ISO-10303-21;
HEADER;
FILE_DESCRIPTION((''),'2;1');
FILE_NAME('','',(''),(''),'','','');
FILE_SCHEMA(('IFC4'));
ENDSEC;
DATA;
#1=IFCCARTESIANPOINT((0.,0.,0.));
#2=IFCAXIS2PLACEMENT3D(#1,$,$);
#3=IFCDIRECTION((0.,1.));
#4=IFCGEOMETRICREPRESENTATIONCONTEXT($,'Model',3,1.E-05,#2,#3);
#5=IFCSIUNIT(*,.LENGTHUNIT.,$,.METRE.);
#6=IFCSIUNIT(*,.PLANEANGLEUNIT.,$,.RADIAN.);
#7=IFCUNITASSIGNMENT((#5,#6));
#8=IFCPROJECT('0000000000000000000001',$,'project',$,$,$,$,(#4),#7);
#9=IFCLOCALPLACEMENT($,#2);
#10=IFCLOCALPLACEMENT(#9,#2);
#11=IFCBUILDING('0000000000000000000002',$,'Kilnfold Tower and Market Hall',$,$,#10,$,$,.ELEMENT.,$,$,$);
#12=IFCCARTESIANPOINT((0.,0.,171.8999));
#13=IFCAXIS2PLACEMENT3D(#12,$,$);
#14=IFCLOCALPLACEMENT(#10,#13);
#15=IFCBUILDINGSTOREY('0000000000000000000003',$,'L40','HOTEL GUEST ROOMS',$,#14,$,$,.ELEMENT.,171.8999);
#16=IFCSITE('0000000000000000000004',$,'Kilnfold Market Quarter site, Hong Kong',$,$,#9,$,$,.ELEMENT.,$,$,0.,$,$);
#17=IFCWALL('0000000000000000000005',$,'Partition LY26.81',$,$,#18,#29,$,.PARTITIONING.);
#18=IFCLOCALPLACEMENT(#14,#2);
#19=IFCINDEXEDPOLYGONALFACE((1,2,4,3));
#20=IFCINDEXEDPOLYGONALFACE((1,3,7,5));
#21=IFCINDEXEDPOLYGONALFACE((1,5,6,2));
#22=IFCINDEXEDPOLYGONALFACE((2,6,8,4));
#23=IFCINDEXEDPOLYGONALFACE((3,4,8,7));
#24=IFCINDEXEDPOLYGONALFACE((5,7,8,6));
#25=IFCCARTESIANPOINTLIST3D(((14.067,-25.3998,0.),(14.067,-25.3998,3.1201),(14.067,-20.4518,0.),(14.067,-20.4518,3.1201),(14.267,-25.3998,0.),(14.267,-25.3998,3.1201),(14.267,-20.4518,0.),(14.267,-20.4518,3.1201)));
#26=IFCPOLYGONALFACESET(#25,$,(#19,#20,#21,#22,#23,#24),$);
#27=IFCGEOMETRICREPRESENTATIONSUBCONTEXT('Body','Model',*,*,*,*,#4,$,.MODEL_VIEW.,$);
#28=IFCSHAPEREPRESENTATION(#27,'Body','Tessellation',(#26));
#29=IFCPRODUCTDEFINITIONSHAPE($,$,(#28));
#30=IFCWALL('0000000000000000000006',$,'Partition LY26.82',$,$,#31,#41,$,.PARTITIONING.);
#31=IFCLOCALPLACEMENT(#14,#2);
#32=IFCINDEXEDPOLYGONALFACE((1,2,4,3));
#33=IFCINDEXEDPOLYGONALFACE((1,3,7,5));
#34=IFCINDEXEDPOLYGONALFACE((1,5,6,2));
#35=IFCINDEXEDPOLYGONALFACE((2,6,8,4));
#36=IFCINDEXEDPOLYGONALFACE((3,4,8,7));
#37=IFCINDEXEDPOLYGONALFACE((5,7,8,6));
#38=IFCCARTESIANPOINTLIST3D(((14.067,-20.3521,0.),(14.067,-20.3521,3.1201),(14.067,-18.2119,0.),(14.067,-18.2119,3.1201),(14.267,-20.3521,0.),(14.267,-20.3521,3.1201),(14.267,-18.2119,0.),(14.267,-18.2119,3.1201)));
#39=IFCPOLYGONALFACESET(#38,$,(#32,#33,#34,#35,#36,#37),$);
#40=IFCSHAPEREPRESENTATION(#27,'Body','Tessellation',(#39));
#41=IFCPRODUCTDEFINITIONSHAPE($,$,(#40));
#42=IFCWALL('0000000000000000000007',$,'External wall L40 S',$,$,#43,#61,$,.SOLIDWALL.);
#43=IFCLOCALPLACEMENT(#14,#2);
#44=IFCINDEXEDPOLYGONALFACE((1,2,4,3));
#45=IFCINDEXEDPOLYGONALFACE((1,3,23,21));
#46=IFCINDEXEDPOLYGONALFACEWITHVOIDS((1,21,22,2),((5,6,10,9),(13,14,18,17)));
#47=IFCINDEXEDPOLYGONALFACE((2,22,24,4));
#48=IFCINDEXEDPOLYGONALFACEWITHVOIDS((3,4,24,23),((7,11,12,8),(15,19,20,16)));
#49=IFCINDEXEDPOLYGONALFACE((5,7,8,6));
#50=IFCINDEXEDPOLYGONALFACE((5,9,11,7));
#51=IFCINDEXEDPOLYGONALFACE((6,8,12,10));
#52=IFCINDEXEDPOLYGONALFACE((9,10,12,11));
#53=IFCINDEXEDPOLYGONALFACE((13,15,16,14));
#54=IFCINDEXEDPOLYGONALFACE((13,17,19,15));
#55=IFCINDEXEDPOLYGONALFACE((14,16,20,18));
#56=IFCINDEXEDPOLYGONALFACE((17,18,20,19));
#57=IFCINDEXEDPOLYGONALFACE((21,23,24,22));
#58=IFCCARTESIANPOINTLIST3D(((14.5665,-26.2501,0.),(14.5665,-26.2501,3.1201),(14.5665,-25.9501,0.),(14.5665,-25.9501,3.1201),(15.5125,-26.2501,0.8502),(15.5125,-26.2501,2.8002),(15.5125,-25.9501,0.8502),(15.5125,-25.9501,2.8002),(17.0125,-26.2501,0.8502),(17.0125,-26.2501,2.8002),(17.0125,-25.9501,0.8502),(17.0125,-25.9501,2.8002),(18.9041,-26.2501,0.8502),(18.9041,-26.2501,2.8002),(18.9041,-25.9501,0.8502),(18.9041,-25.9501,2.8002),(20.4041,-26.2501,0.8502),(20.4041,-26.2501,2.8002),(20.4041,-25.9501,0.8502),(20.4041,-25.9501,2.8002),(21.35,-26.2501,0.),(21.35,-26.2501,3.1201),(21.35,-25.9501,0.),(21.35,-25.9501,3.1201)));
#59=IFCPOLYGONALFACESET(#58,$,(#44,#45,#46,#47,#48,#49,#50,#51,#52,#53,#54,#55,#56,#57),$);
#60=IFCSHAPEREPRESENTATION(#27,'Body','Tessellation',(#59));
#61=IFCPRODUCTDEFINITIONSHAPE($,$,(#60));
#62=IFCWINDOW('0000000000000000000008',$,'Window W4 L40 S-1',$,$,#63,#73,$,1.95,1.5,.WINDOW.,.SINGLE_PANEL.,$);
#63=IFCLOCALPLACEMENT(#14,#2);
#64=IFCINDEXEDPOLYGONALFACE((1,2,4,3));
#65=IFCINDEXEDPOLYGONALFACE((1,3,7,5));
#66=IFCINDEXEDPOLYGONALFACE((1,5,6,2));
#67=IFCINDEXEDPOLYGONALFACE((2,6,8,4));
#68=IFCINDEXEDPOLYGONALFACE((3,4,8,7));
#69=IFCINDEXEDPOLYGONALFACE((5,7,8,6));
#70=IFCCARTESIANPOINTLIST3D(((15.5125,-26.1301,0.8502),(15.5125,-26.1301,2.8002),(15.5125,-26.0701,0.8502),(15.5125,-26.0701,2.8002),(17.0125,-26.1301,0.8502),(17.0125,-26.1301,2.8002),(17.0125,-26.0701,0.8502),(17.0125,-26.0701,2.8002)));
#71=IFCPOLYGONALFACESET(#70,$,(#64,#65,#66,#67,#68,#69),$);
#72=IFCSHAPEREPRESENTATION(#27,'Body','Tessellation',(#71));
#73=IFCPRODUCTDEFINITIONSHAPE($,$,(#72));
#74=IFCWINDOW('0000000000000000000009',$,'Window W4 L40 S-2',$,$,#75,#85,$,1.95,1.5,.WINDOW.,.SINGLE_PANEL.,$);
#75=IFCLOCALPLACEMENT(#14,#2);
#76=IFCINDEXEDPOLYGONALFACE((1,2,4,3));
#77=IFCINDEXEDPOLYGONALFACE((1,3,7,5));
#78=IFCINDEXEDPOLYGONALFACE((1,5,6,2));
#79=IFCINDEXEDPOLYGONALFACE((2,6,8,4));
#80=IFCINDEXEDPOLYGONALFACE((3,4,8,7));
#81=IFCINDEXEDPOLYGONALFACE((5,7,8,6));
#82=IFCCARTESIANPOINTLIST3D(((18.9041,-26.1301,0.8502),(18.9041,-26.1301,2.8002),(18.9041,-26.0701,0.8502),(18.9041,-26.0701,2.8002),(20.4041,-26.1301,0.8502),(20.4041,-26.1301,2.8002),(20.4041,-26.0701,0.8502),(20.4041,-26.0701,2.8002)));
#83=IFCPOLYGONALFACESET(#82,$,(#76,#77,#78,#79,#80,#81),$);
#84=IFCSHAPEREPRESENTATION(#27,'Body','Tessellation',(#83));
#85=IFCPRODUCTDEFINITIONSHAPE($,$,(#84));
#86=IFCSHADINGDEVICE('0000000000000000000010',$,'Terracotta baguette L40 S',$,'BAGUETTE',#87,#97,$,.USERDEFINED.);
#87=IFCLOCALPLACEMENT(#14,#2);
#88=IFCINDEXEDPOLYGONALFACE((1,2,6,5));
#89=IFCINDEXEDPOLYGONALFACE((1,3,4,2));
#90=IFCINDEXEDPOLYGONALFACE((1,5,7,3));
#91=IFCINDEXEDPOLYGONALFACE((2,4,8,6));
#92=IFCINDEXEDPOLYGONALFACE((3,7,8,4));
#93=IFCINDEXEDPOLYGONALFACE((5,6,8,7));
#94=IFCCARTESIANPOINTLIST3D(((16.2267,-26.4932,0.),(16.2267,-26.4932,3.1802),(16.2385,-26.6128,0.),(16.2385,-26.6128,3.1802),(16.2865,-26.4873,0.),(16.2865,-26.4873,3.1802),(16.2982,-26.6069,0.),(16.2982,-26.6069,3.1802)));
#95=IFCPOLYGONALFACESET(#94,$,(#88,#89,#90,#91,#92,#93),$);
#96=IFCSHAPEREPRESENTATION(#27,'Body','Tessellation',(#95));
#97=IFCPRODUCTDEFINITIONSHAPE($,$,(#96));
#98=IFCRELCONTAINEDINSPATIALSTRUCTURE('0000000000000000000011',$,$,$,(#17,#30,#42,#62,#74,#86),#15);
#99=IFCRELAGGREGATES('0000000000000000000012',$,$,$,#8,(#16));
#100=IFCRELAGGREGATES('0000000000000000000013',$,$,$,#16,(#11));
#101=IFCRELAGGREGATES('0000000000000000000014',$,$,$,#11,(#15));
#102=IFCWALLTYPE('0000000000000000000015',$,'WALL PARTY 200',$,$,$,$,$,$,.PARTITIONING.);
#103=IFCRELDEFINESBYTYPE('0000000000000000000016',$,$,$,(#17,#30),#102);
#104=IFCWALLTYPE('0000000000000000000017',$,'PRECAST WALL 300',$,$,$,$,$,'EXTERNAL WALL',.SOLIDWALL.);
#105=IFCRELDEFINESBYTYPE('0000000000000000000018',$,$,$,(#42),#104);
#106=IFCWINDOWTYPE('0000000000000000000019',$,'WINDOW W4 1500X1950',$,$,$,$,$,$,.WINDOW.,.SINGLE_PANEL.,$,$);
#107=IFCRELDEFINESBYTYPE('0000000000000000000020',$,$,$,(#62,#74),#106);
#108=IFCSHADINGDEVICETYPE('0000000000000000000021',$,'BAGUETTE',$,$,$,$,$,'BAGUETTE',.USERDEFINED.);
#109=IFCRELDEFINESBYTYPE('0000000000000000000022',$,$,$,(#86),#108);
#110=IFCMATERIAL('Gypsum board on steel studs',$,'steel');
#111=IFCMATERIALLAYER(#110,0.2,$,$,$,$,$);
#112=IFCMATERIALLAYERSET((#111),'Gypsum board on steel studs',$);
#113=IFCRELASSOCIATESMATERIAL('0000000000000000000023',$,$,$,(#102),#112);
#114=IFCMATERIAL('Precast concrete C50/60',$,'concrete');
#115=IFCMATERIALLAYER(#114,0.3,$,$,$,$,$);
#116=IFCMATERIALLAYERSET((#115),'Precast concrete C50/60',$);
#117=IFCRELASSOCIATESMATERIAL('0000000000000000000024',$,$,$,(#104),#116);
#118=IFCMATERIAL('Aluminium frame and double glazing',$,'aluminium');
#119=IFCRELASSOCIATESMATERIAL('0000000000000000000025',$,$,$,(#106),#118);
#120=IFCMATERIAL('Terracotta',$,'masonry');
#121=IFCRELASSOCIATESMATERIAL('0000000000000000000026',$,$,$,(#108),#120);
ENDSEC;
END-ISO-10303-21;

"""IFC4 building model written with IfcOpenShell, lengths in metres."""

from ifc_helpers import new_model, si_unit, direction, frame, frame_2d, origin, origin_2d, place, context, subcontext, project, spatial, rectangle, extrude, source, transform, mapped, material, layer, layer_set, material_profile, profile_set, type_object, element, fill, save


model = new_model("IFC4")

# Units and contexts
model_context = context("Model", 3, precision=1e-05, world=origin(), true_north=direction((0.0, 1.0)))
body_context = subcontext(model_context, "Body", "Model", "MODEL_VIEW")
ifc_project = project(units=[si_unit("LENGTHUNIT", "METRE"), si_unit("PLANEANGLEUNIT", "RADIAN")], contexts=[model_context])

# Site, building, storey
site_placement = place(None, origin())
site = spatial("IfcSite", under=ifc_project, at=site_placement, Name="Kilnfold Market Quarter site, Hong Kong", CompositionType="ELEMENT", RefElevation=0.0)
building_placement = place(site_placement, origin())
building = spatial("IfcBuilding", under=site, at=building_placement, Name="Kilnfold Tower and Market Hall", CompositionType="ELEMENT")
storey_placement = place(building_placement, frame((0.0, 0.0, 171.8999)))
storey = spatial("IfcBuildingStorey", under=building, at=storey_placement, Name="L40", Description="HOTEL GUEST ROOMS", CompositionType="ELEMENT", Elevation=171.8999)

# Walls
ifc_material_1 = material(Name="Gypsum board on steel studs", Category="steel")
ifc_layer_1 = layer(ifc_material_1, 0.2)
ifc_layer_set_1 = layer_set([ifc_layer_1], Name="Gypsum board on steel studs")
wall_type_1 = type_object("IfcWallType", Name="WALL PARTY 200", PredefinedType="PARTITIONING", material=ifc_layer_set_1)
wall_1_placement = place(storey_placement, frame((14.167, -25.3999, 0.0), z_axis=(0.0, 0.0, 1.0), x_axis=(0.0, 1.0, 0.0)))
element("IfcWall", 1, at=wall_1_placement, inside=storey, type_object=wall_type_1, Name="Partition LY26.81", PredefinedType="PARTITIONING", context=body_context, shape_type="SweptSolid", body=[
    extrude(rectangle(XDim=4.948, YDim=0.2, at=frame_2d((2.4741, 0.0))), origin(), (0.0, 0.0, 1.0), 3.1201),
])
wall_2_placement = place(storey_placement, frame((14.167, -20.3521, 0.0), z_axis=(0.0, 0.0, 1.0), x_axis=(0.0, 1.0, 0.0)))
element("IfcWall", 2, at=wall_2_placement, inside=storey, type_object=wall_type_1, Name="Partition LY26.82", PredefinedType="PARTITIONING", context=body_context, shape_type="SweptSolid", body=[
    extrude(rectangle(XDim=2.1401, YDim=0.2, at=frame_2d((1.0701, 0.0))), origin(), (0.0, 0.0, 1.0), 3.1201),
])

# Wall, openings, windows
ifc_material_2 = material(Name="Precast concrete C50/60", Category="concrete")
ifc_layer_2 = layer(ifc_material_2, 0.3)
ifc_layer_set_2 = layer_set([ifc_layer_2], Name="Precast concrete C50/60")
wall_type_2 = type_object("IfcWallType", Name="PRECAST WALL 300", ElementType="EXTERNAL WALL", PredefinedType="SOLIDWALL", material=ifc_layer_set_2)
shared_shape_1 = source(origin(), body_context, "Body", "SweptSolid", [
    extrude(rectangle(XDim=6.7834, YDim=0.3, at=frame_2d((3.3916, 0.0))), origin(), (0.0, 0.0, 1.0), 3.1201),
])
wall_3_placement = place(storey_placement, frame((14.5667, -26.1001, 0.0), z_axis=(0.0, 0.0, 1.0), x_axis=(1.0, 0.0, 0.0)))
wall_3 = element("IfcWall", 3, at=wall_3_placement, inside=storey, type_object=wall_type_2, Name="External wall L40 S", PredefinedType="SOLIDWALL", context=body_context, shape_type="MappedRepresentation", body=[
    mapped(shared_shape_1, transform((0.0, 0.0, 0.0))),
])
opening_1_placement = place(wall_3_placement, frame((0.9458, 0.0, 0.8501)))
opening_1 = element("IfcOpeningElement", 4, at=opening_1_placement, cuts=wall_3, PredefinedType="OPENING", context=body_context, shape_type="SweptSolid", body=[
    extrude(rectangle(XDim=1.5, YDim=1.95, at=frame_2d((0.75, 0.9751))), frame((0.0, 0.1602, 0.0), z_axis=(0.0, -1.0, 0.0), x_axis=(1.0, 0.0, 0.0)), (0.0, 0.0, 1.0), 0.3201),
])
opening_2_placement = place(wall_3_placement, frame((4.3374, 0.0, 0.8501)))
opening_2 = element("IfcOpeningElement", 5, at=opening_2_placement, cuts=wall_3, PredefinedType="OPENING", context=body_context, shape_type="SweptSolid", body=[
    extrude(rectangle(XDim=1.5, YDim=1.95, at=frame_2d((0.75, 0.9751))), frame((0.0, 0.1602, 0.0), z_axis=(0.0, -1.0, 0.0), x_axis=(1.0, 0.0, 0.0)), (0.0, 0.0, 1.0), 0.3201),
])
ifc_material_3 = material(Name="Aluminium frame and double glazing", Category="aluminium")
window_type = type_object("IfcWindowType", Name="WINDOW W4 1500X1950", PartitioningType="SINGLE_PANEL", PredefinedType="WINDOW", material=ifc_material_3)
window_1_placement = place(opening_1_placement, origin())
window_1 = element("IfcWindow", 6, at=window_1_placement, inside=storey, type_object=window_type, Name="Window W4 L40 S-1", OverallHeight=1.95, OverallWidth=1.5, PartitioningType="SINGLE_PANEL", PredefinedType="WINDOW", context=body_context, shape_type="SweptSolid", body=[
    extrude(rectangle(XDim=1.5, YDim=1.95, at=frame_2d((0.75, 0.9751))), frame((0.0, 0.03, 0.0), z_axis=(0.0, -1.0, 0.0), x_axis=(1.0, 0.0, 0.0)), (0.0, 0.0, 1.0), 0.0601),
])
fill(opening_1, window_1)
window_2_placement = place(opening_2_placement, origin())
window_2 = element("IfcWindow", 7, at=window_2_placement, inside=storey, type_object=window_type, Name="Window W4 L40 S-2", OverallHeight=1.95, OverallWidth=1.5, PartitioningType="SINGLE_PANEL", PredefinedType="WINDOW", context=body_context, shape_type="SweptSolid", body=[
    extrude(rectangle(XDim=1.5, YDim=1.95, at=frame_2d((0.75, 0.9751))), frame((0.0, 0.03, 0.0), z_axis=(0.0, -1.0, 0.0), x_axis=(1.0, 0.0, 0.0)), (0.0, 0.0, 1.0), 0.0601),
])
fill(opening_2, window_2)

# Shading device
ifc_material_4 = material(Name="Terracotta", Category="masonry")
ifc_material_profile_1 = material_profile(ifc_material_4, rectangle(XDim=0.0601, YDim=0.1201, at=origin_2d()), Name="BAG 60x120")
ifc_profile_set_1 = profile_set([ifc_material_profile_1], Name="Terracotta")
shading_device_type = type_object("IfcShadingDeviceType", Name="BAGUETTE", ElementType="BAGUETTE", PredefinedType="USERDEFINED", material=ifc_profile_set_1)
shared_shape_2 = source(origin(), body_context, "Body", "SweptSolid", [
    extrude(rectangle(XDim=0.0601, YDim=0.1201, at=origin_2d()), origin(), (0.0, 0.0, 1.0), 3.1802),
])
shading_device_placement = place(storey_placement, frame((16.2625, -26.55, 0.0), z_axis=(0.0, 0.0, 1.0), x_axis=(0.995189, 0.097974, 0.0)))
element("IfcShadingDevice", 8, at=shading_device_placement, inside=storey, type_object=shading_device_type, Name="Terracotta baguette L40 S", ObjectType="BAGUETTE", PredefinedType="USERDEFINED", context=body_context, shape_type="MappedRepresentation", body=[
    mapped(shared_shape_2, transform((0.0, 0.0, 0.0))),
])

save(model, "model.ifc")
